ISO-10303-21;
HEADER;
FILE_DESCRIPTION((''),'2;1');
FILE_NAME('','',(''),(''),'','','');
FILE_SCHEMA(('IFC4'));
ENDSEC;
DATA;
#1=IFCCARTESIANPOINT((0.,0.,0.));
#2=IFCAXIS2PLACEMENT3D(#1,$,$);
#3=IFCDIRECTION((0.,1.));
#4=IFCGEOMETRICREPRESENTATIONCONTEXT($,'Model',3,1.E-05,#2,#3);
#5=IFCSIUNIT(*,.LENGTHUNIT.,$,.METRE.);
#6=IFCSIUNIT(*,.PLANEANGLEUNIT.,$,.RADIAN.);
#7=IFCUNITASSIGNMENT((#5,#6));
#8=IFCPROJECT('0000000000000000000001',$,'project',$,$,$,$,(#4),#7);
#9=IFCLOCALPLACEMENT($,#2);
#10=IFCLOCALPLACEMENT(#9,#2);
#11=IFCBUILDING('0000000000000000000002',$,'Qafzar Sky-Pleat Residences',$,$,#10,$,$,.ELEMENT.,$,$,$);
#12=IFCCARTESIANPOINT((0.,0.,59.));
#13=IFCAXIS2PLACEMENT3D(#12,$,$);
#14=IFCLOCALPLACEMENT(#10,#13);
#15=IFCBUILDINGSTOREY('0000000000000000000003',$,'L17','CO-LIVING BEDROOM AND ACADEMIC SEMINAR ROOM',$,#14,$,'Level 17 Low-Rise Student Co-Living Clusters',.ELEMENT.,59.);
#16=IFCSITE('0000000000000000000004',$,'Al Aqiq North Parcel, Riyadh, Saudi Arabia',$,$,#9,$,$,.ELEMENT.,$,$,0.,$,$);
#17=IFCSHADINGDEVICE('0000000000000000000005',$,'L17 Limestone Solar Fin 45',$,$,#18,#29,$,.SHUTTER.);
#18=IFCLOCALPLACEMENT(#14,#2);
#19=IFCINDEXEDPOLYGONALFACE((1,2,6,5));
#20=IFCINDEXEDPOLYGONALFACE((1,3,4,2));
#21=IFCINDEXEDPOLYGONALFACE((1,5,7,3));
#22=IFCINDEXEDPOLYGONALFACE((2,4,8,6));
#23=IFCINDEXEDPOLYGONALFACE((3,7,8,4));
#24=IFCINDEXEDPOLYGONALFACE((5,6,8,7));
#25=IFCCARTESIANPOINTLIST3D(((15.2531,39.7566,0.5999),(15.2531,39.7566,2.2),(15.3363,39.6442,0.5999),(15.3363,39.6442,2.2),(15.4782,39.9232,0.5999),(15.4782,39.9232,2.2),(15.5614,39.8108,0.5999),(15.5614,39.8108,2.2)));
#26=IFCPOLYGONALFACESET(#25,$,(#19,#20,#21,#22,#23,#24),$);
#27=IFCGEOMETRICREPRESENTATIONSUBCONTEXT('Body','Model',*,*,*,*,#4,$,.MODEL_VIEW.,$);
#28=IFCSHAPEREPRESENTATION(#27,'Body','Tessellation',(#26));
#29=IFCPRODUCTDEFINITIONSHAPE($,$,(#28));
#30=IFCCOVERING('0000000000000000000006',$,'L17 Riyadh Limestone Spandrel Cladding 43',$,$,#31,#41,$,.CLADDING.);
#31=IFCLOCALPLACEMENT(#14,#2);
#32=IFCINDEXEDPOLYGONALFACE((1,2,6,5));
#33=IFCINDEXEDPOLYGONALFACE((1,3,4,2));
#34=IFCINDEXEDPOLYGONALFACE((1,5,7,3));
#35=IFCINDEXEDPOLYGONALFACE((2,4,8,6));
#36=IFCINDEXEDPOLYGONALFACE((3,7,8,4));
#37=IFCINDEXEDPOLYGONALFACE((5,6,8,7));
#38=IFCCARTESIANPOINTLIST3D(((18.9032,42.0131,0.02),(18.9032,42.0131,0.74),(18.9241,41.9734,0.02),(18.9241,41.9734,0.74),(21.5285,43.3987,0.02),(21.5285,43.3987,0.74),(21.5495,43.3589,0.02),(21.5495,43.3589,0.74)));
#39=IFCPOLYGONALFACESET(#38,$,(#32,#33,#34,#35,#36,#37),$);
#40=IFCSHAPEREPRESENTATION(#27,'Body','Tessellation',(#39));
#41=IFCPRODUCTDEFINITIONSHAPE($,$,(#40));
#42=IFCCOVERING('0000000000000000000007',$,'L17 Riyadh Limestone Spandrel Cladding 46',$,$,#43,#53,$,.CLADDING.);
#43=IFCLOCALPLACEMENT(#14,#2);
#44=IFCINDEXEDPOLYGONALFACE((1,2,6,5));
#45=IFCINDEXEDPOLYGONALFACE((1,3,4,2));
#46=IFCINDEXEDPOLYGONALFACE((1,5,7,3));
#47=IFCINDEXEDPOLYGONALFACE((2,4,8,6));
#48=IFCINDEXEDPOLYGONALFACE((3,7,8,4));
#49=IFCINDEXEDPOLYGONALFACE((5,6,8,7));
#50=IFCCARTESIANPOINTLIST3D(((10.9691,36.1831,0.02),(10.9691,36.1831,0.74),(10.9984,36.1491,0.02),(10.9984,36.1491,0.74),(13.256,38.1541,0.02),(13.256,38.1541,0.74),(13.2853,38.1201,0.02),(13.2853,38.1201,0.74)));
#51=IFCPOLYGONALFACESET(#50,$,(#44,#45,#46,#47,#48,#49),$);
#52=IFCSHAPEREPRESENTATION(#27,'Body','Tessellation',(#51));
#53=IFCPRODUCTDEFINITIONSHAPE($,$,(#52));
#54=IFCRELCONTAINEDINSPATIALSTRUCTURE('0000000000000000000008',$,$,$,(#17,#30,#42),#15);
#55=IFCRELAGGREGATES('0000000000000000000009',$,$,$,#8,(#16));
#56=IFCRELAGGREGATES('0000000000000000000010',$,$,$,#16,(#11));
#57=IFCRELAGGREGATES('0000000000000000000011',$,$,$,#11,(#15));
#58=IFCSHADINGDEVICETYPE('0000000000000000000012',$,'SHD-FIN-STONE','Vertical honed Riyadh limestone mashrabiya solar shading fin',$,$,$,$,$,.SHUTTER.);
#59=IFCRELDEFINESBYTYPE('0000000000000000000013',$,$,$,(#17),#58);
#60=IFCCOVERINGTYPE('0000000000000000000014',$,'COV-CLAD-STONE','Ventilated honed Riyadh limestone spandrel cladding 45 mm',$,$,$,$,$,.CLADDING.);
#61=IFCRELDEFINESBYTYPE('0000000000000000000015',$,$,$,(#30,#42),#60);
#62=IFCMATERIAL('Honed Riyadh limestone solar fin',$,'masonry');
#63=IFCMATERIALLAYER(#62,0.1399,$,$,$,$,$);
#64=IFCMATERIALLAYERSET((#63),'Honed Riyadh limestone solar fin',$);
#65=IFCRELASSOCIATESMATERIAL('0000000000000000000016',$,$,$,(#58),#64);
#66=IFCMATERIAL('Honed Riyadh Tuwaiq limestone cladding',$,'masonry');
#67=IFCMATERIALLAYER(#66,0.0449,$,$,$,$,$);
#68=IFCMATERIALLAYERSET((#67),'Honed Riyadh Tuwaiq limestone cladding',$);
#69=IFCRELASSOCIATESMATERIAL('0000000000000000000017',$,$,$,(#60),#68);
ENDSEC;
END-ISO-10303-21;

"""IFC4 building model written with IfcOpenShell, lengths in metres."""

from ifc_helpers import new_model, si_unit, direction, frame, origin, origin_2d, place, context, subcontext, project, spatial, rectangle, extrude, source, transform, mapped, material, layer, layer_set, type_object, element, save


model = new_model("IFC4")

# Units and contexts
model_context = context("Model", 3, precision=1e-05, world=origin(), true_north=direction((0.0, 1.0)))
body_context = subcontext(model_context, "Body", "Model", "MODEL_VIEW")
ifc_project = project(units=[si_unit("LENGTHUNIT", "METRE"), si_unit("PLANEANGLEUNIT", "RADIAN")], contexts=[model_context])

# Site, building, storey
site_placement = place(None, origin())
site = spatial("IfcSite", under=ifc_project, at=site_placement, Name="Al Aqiq North Parcel, Riyadh, Saudi Arabia", CompositionType="ELEMENT", RefElevation=0.0)
building_placement = place(site_placement, origin())
building = spatial("IfcBuilding", under=site, at=building_placement, Name="Qafzar Sky-Pleat Residences", CompositionType="ELEMENT")
storey_placement = place(building_placement, frame((0.0, 0.0, 59.0)))
storey = spatial("IfcBuildingStorey", under=building, at=storey_placement, Name="L17", Description="CO-LIVING BEDROOM AND ACADEMIC SEMINAR ROOM", LongName="Level 17 Low-Rise Student Co-Living Clusters", CompositionType="ELEMENT", Elevation=59.0)

# Shading device
ifc_material_1 = material(Name="Honed Riyadh limestone solar fin", Category="masonry")
ifc_layer_1 = layer(ifc_material_1, 0.1399)
ifc_layer_set_1 = layer_set([ifc_layer_1], Name="Honed Riyadh limestone solar fin")
shading_device_type = type_object("IfcShadingDeviceType", Name="SHD-FIN-STONE", Description="Vertical honed Riyadh limestone mashrabiya solar shading fin", PredefinedType="SHUTTER", material=ifc_layer_set_1)
shared_shape_1 = source(origin(), body_context, "Body", "SweptSolid", [
    extrude(rectangle(XDim=0.1399, YDim=0.28, at=origin_2d()), origin(), (0.0, 0.0, 1.0), 1.6001),
])
shading_device_placement = place(storey_placement, frame((15.4072, 39.7837, 0.5999), z_axis=(0.0, 0.0, 1.0), x_axis=(-0.594881, 0.803814, 0.0)))
element("IfcShadingDevice", 1, at=shading_device_placement, inside=storey, type_object=shading_device_type, Name="L17 Limestone Solar Fin 45", PredefinedType="SHUTTER", context=body_context, shape_type="MappedRepresentation", body=[
    mapped(shared_shape_1, transform((0.0, 0.0, 0.0), x_axis=(1.0, 0.0, 0.0), y_axis=(0.0, 1.0, 0.0), z_axis=(0.0, 0.0, 1.0), scale=1.0)),
])

# Coverings
ifc_material_2 = material(Name="Honed Riyadh Tuwaiq limestone cladding", Category="masonry")
ifc_layer_2 = layer(ifc_material_2, 0.0449)
ifc_layer_set_2 = layer_set([ifc_layer_2], Name="Honed Riyadh Tuwaiq limestone cladding")
covering_type = type_object("IfcCoveringType", Name="COV-CLAD-STONE", Description="Ventilated honed Riyadh limestone spandrel cladding 45 mm", PredefinedType="CLADDING", material=ifc_layer_set_2)
shared_shape_2 = source(origin(), body_context, "Body", "SweptSolid", [
    extrude(rectangle(XDim=2.9685, YDim=0.0449, at=origin_2d()), origin(), (0.0, 0.0, 1.0), 0.72),
])
covering_1_placement = place(storey_placement, frame((20.2263, 42.686, 0.02), z_axis=(0.0, 0.0, 1.0), x_axis=(-0.884388, -0.466752, 0.0)))
element("IfcCovering", 2, at=covering_1_placement, inside=storey, type_object=covering_type, Name="L17 Riyadh Limestone Spandrel Cladding 43", PredefinedType="CLADDING", context=body_context, shape_type="MappedRepresentation", body=[
    mapped(shared_shape_2, transform((0.0, 0.0, 0.0), x_axis=(1.0, 0.0, 0.0), y_axis=(0.0, 1.0, 0.0), z_axis=(0.0, 0.0, 1.0), scale=1.0)),
])
shared_shape_3 = source(origin(), body_context, "Body", "SweptSolid", [
    extrude(rectangle(XDim=3.019, YDim=0.0449, at=origin_2d()), origin(), (0.0, 0.0, 1.0), 0.72),
])
covering_2_placement = place(storey_placement, frame((12.1272, 37.1516, 0.02), z_axis=(0.0, 0.0, 1.0), x_axis=(-0.757486, -0.652851, 0.0)))
element("IfcCovering", 3, at=covering_2_placement, inside=storey, type_object=covering_type, Name="L17 Riyadh Limestone Spandrel Cladding 46", PredefinedType="CLADDING", context=body_context, shape_type="MappedRepresentation", body=[
    mapped(shared_shape_3, transform((0.0, 0.0, 0.0), x_axis=(1.0, 0.0, 0.0), y_axis=(0.0, 1.0, 0.0), z_axis=(0.0, 0.0, 1.0), scale=1.0)),
])

save(model, "model.ifc")
